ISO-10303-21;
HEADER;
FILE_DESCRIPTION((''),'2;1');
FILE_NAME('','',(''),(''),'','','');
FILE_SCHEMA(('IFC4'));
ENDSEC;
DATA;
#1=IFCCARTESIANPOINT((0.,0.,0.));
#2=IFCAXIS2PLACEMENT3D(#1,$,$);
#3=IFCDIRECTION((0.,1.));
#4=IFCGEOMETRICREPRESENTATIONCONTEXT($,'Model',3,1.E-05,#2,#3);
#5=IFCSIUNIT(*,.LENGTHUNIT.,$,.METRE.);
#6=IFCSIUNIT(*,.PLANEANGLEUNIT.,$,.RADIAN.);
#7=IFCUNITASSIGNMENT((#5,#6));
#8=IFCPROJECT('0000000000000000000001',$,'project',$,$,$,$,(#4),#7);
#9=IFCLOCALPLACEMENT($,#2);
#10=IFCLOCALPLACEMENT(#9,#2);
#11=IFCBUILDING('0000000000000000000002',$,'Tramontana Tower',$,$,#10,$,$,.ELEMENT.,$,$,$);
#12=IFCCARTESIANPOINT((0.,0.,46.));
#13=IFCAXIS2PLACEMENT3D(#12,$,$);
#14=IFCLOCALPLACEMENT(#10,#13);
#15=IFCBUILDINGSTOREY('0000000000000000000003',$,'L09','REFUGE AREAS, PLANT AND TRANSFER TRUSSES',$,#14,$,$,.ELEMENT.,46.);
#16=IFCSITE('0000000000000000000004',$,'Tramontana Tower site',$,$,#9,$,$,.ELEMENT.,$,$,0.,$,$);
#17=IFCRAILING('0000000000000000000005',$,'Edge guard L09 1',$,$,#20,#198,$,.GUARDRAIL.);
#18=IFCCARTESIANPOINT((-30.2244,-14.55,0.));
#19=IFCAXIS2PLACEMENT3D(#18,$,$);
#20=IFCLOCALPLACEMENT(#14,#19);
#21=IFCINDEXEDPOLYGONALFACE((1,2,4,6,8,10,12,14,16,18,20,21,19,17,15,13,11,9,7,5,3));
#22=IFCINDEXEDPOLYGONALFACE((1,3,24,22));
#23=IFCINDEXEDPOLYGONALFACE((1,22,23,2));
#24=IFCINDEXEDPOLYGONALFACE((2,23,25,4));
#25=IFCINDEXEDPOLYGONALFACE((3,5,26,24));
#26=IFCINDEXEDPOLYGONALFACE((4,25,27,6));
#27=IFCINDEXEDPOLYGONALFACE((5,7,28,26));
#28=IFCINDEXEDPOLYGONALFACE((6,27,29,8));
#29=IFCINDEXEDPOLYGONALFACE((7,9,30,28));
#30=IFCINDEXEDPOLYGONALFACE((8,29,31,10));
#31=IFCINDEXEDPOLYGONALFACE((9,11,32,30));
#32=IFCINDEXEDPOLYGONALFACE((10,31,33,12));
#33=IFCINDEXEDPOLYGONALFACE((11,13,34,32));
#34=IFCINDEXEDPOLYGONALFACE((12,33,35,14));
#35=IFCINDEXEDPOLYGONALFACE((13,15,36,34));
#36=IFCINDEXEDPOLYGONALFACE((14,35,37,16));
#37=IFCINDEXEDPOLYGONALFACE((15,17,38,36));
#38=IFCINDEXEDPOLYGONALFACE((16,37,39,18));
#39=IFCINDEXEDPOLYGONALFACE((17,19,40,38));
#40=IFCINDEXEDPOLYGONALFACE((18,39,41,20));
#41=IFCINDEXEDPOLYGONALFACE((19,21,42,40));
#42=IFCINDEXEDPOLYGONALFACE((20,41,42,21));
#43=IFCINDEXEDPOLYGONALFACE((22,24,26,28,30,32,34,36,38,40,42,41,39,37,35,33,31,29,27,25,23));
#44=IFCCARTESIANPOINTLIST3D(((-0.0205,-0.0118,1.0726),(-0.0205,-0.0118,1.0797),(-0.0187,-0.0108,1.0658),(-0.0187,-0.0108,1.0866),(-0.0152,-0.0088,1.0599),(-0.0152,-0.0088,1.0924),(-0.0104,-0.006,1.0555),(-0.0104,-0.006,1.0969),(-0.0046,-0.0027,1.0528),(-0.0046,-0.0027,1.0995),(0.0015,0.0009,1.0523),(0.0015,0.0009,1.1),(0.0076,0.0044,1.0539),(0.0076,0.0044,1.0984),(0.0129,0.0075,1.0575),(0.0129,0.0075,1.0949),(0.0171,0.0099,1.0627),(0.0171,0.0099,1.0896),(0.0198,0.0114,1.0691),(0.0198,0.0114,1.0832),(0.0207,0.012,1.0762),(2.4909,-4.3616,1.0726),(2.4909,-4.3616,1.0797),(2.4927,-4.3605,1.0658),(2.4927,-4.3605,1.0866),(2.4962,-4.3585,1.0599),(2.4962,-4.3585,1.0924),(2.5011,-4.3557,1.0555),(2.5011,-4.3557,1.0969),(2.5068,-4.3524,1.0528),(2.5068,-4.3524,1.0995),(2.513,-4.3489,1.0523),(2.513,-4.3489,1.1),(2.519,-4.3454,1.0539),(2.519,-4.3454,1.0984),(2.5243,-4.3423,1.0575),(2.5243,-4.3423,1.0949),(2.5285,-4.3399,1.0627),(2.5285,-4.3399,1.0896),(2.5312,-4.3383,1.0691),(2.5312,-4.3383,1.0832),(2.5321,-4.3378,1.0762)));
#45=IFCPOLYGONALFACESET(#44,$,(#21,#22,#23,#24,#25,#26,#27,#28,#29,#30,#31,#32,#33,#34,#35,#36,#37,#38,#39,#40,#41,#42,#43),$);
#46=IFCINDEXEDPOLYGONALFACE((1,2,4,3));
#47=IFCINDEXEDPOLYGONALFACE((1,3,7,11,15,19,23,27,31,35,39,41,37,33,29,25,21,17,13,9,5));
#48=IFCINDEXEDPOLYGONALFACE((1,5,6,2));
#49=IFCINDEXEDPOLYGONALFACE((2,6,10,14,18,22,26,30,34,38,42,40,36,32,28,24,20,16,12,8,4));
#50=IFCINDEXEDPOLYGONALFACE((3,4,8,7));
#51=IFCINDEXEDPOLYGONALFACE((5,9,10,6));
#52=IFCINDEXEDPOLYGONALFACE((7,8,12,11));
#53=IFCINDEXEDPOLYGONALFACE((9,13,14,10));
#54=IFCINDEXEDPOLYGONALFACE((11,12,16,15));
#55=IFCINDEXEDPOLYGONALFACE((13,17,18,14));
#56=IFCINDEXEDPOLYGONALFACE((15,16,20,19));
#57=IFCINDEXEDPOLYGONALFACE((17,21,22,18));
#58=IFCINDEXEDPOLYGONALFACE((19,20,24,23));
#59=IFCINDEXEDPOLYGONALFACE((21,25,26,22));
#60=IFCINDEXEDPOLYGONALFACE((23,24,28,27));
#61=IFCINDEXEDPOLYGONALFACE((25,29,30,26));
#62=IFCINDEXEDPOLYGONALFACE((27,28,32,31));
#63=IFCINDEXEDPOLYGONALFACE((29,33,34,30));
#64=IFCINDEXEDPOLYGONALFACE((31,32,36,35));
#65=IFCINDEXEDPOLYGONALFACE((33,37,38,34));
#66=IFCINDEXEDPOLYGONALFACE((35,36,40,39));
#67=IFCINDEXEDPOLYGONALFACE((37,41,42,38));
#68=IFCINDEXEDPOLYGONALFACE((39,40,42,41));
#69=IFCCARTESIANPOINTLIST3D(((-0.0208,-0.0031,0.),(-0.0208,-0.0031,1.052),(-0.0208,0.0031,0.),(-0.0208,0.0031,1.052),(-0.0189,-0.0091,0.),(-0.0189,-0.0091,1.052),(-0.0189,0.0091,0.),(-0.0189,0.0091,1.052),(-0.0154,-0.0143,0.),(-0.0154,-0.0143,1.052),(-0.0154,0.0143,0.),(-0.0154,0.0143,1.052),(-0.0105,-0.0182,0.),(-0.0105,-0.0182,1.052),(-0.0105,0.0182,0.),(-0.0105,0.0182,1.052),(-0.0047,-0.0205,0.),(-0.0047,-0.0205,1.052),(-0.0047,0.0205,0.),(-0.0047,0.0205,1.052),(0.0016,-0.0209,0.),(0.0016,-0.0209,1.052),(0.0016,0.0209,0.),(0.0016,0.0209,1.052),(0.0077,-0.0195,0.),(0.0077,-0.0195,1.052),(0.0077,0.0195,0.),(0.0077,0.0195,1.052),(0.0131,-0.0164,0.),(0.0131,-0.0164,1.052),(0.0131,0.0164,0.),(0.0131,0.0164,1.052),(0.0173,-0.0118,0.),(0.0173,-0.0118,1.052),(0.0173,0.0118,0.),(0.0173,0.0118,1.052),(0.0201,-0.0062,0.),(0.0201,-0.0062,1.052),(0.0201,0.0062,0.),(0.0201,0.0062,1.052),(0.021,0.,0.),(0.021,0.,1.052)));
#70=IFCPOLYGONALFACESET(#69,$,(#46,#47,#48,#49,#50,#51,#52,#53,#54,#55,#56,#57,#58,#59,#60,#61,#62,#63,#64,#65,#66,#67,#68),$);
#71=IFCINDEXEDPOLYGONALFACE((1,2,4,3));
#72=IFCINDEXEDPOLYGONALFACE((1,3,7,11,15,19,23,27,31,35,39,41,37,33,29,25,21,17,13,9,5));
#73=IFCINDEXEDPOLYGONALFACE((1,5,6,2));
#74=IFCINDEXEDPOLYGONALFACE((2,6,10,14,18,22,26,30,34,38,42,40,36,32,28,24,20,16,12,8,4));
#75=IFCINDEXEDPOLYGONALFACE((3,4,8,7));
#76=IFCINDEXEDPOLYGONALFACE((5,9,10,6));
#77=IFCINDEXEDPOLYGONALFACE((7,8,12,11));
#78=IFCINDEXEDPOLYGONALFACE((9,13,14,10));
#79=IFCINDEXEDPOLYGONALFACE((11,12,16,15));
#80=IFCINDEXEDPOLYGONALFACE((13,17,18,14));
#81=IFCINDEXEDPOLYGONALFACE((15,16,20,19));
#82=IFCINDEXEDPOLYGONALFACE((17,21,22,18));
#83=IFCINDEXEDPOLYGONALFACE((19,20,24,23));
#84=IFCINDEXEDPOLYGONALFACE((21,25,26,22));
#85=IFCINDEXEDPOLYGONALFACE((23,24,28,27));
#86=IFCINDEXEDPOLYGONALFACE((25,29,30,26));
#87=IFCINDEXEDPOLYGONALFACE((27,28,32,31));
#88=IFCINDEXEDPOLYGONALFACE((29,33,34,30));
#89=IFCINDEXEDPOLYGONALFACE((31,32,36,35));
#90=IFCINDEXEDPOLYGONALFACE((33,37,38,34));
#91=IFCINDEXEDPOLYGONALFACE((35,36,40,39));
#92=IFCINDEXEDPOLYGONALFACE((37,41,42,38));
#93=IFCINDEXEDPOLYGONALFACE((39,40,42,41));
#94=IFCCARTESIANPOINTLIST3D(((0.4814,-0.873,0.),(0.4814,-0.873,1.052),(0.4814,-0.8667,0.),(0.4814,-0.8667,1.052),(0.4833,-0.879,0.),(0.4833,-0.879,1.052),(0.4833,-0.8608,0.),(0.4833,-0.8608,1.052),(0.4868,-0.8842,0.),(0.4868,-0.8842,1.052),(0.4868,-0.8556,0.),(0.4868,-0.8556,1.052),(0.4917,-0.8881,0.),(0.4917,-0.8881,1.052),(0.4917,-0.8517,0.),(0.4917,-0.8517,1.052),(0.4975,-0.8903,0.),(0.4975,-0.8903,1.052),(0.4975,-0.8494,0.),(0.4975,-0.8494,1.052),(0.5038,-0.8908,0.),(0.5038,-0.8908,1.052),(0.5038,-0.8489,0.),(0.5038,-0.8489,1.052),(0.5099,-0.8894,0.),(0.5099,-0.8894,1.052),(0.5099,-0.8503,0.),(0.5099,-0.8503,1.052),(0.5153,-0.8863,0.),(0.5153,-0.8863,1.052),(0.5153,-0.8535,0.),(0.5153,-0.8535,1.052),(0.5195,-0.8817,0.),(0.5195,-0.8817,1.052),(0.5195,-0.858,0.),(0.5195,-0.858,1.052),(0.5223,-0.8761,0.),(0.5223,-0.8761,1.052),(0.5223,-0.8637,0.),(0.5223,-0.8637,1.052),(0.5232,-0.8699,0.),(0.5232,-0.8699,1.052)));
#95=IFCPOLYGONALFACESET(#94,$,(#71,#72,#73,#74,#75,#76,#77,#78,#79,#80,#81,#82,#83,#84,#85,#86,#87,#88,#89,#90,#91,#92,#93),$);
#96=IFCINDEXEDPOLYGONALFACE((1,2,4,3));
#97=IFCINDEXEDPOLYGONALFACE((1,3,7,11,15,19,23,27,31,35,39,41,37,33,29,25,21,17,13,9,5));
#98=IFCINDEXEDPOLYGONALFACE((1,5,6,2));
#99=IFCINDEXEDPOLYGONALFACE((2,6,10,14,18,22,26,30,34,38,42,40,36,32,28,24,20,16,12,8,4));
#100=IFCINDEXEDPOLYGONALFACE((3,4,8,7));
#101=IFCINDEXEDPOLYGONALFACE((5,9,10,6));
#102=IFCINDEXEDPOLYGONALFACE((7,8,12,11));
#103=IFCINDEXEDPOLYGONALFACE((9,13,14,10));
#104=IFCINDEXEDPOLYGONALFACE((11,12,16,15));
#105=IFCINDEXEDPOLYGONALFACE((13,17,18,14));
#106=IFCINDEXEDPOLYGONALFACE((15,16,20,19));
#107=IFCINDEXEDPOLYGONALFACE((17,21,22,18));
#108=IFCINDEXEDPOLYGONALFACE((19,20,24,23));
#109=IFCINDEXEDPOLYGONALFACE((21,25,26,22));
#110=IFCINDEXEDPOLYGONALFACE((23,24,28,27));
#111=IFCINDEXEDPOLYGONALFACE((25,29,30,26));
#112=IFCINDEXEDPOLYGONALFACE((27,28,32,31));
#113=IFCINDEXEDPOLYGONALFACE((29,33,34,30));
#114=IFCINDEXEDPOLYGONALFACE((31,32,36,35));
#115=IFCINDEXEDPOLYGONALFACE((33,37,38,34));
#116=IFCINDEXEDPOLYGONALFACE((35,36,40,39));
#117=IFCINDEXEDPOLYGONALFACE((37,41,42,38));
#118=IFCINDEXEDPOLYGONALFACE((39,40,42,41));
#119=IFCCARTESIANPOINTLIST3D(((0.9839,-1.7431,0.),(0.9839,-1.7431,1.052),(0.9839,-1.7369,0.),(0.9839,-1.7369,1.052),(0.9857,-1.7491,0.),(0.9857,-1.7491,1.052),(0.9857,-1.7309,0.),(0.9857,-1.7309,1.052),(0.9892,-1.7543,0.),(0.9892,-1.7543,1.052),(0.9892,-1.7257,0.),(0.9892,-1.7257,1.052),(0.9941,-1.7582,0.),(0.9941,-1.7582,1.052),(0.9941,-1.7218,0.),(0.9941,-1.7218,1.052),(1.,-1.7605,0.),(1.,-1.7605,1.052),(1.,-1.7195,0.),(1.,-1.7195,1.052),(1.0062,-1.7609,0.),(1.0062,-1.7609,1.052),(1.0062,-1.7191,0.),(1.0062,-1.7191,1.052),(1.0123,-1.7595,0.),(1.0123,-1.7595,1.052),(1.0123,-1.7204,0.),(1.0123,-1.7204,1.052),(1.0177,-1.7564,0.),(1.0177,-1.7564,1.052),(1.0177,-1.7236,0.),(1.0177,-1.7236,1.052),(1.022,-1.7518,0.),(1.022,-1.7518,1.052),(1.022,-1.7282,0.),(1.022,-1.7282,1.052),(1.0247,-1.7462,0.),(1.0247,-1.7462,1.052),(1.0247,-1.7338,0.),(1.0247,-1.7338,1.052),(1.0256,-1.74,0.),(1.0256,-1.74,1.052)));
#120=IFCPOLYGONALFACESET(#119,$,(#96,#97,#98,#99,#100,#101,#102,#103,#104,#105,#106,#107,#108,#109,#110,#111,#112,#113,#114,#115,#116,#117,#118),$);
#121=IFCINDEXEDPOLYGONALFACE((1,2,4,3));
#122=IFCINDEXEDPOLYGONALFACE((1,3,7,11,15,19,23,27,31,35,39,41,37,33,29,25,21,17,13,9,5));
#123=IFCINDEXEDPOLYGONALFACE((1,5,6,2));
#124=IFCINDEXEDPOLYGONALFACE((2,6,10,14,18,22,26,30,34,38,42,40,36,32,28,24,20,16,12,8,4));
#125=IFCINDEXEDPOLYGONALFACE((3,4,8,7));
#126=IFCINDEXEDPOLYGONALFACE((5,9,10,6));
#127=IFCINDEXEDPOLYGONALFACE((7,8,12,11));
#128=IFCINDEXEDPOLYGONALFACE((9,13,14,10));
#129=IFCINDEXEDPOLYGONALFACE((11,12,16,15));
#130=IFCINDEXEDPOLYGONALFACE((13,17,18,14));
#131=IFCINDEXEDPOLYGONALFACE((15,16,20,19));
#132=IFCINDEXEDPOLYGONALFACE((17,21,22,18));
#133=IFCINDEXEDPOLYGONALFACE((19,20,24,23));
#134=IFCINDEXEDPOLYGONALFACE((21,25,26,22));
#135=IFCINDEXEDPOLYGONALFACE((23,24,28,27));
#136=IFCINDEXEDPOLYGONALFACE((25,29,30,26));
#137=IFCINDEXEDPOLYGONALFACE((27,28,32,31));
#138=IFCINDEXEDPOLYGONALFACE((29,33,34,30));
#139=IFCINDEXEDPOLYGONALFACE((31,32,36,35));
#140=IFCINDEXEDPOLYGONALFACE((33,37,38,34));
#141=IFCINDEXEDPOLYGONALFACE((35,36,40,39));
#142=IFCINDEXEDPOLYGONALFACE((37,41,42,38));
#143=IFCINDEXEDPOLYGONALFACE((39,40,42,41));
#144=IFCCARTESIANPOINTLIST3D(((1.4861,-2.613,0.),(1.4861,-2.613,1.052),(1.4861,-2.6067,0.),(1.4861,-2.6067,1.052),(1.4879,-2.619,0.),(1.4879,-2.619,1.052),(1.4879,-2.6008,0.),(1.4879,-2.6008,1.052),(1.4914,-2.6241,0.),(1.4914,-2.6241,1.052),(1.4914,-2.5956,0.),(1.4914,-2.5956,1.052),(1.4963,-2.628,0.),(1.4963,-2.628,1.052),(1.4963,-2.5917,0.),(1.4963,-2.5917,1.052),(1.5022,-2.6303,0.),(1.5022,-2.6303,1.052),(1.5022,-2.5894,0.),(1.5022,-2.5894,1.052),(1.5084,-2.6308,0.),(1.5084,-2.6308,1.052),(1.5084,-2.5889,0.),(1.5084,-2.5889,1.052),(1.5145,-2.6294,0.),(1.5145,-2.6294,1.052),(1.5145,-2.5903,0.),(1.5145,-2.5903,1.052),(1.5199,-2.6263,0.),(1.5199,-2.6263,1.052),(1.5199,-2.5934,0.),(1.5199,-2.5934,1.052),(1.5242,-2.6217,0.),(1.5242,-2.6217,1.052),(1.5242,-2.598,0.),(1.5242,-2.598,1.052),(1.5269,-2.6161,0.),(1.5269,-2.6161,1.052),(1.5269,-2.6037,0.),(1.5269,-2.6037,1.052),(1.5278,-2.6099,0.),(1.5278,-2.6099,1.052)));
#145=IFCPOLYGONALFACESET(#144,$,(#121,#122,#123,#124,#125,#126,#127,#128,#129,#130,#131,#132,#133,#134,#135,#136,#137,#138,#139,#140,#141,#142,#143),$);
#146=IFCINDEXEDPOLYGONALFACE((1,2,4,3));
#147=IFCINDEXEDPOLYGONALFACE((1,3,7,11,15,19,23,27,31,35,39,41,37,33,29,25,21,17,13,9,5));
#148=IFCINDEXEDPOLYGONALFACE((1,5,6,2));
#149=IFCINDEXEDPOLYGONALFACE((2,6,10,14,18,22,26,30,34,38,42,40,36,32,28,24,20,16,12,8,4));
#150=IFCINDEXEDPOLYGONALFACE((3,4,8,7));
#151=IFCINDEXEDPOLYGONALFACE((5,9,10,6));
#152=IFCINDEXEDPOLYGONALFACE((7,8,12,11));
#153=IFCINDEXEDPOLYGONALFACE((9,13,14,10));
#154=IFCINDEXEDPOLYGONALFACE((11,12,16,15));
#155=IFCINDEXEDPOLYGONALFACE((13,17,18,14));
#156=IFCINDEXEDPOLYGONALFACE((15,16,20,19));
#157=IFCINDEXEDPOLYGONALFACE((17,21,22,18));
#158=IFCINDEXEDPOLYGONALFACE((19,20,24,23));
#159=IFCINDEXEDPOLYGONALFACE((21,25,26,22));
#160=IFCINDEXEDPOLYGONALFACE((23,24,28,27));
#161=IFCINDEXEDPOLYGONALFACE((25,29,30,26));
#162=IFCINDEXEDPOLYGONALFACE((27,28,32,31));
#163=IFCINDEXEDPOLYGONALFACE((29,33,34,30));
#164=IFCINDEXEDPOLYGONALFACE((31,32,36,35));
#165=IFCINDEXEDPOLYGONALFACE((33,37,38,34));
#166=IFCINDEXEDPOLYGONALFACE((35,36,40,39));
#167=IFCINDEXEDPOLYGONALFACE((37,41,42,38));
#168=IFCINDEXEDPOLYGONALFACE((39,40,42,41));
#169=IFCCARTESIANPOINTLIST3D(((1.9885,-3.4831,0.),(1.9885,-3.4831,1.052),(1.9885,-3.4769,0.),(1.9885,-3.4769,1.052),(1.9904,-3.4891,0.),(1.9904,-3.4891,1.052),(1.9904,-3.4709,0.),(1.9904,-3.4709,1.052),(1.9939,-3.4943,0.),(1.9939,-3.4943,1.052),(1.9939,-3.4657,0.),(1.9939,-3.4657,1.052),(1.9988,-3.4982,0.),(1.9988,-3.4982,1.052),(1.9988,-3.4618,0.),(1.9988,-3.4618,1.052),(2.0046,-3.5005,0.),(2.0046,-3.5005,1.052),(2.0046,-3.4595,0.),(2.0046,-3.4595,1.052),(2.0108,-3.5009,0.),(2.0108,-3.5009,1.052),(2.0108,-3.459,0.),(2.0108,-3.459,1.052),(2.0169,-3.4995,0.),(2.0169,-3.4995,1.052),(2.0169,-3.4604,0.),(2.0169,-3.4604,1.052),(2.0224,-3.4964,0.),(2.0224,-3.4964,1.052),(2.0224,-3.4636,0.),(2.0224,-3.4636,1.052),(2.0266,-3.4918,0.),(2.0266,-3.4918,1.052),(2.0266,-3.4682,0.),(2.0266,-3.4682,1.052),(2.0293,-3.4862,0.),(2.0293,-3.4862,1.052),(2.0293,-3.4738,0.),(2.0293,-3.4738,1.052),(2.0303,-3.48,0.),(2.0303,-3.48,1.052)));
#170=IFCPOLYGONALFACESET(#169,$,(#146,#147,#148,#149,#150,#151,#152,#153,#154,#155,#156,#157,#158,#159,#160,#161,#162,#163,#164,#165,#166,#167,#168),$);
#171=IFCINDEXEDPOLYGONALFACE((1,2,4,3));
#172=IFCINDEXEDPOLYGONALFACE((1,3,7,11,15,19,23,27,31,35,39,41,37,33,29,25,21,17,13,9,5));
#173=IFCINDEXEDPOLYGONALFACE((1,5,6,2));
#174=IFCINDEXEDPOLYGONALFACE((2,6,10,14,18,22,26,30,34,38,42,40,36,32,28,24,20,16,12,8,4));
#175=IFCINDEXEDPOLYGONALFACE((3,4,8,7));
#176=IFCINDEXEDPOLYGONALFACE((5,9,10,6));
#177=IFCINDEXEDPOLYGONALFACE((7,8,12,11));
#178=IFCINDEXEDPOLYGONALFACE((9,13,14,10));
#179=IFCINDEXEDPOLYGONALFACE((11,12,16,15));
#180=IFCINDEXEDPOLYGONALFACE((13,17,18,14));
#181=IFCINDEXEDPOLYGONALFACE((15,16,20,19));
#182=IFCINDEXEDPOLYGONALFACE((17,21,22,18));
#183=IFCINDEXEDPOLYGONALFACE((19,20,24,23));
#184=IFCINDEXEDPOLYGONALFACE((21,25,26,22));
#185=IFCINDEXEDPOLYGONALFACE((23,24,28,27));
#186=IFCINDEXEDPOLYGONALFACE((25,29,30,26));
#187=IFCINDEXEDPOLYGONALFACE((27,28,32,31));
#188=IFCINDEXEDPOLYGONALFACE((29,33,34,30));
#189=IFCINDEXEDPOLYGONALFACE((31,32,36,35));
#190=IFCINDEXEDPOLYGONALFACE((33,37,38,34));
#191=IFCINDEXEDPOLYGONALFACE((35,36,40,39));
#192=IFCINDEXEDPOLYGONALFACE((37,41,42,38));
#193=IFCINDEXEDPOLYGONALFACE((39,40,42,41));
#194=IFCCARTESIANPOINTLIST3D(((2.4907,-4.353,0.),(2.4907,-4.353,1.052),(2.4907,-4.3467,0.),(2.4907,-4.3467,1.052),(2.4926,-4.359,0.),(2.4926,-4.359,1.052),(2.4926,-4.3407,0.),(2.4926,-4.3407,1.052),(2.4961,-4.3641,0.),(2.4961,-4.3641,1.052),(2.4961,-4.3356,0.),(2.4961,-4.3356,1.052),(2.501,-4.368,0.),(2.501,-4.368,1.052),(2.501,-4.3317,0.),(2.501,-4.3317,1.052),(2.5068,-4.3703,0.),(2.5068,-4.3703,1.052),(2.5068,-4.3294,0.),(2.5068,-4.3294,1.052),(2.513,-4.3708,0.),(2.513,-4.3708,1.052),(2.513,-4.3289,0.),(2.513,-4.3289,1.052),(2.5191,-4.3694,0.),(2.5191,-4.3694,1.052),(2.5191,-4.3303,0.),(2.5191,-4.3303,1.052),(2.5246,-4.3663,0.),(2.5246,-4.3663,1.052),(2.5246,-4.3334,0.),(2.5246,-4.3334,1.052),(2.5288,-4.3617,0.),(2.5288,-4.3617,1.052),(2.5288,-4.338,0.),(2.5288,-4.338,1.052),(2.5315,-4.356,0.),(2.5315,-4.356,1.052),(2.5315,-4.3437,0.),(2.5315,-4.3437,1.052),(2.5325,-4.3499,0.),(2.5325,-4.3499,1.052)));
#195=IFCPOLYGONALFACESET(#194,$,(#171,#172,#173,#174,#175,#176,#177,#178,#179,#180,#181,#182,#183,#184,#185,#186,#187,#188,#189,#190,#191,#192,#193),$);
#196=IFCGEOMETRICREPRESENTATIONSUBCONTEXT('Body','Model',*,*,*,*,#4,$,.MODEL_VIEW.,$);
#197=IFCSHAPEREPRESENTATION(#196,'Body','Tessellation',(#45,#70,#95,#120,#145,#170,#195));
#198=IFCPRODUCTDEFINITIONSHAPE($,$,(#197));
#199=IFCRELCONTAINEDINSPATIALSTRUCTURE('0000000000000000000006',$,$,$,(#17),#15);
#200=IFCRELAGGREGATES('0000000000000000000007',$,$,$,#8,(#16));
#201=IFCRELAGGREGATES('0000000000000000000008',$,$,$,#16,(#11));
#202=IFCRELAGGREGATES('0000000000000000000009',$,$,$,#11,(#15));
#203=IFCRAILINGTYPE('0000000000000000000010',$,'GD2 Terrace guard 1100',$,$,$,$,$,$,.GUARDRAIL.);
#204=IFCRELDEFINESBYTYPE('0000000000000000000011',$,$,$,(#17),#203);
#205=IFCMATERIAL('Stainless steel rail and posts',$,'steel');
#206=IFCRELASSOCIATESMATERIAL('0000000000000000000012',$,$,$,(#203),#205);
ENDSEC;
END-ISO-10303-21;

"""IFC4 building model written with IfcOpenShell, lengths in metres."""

from ifc_helpers import new_model, si_unit, direction, frame, origin, origin_2d, place, context, subcontext, project, spatial, circle, extrude, material, type_object, element, save


model = new_model("IFC4")

# Units and contexts
model_context = context("Model", 3, precision=1e-05, world=origin(), true_north=direction((0.0, 1.0)))
body_context = subcontext(model_context, "Body", "Model", "MODEL_VIEW")
ifc_project = project(units=[si_unit("LENGTHUNIT", "METRE"), si_unit("PLANEANGLEUNIT", "RADIAN")], contexts=[model_context])

# Site, building, storey
site_placement = place(None, origin())
site = spatial("IfcSite", under=ifc_project, at=site_placement, Name="Tramontana Tower site", CompositionType="ELEMENT", RefElevation=0.0)
building_placement = place(site_placement, origin())
building = spatial("IfcBuilding", under=site, at=building_placement, Name="Tramontana Tower", CompositionType="ELEMENT")
storey_placement = place(building_placement, frame((0.0, 0.0, 46.0)))
storey = spatial("IfcBuildingStorey", under=building, at=storey_placement, Name="L09", Description="REFUGE AREAS, PLANT AND TRANSFER TRUSSES", CompositionType="ELEMENT", Elevation=46.0)

# Railing
ifc_material_1 = material(Name="Stainless steel rail and posts", Category="steel")
railing_type = type_object("IfcRailingType", Name="GD2 Terrace guard 1100", PredefinedType="GUARDRAIL", material=ifc_material_1)
railing_1_placement = place(storey_placement, frame((-30.2244, -14.55, 0.0)))
element("IfcRailing", 1, at=railing_1_placement, inside=storey, type_object=railing_type, Name="Edge guard L09 1", PredefinedType="GUARDRAIL", context=body_context, shape_type="SweptSolid", body=[
    extrude(circle(Radius=0.0239, at=origin_2d()), frame((0.0, 0.0, 1.0762), z_axis=(0.500013, -0.866018, 0.0), x_axis=(0.866018, 0.500013, 0.0)), (0.0, 0.0, 1.0), 5.0227),
    extrude(circle(Radius=0.021, at=origin_2d()), origin(), (0.0, 0.0, 1.0), 1.052),
    extrude(circle(Radius=0.021, at=origin_2d()), frame((0.5022, -0.8699, 0.0)), (0.0, 0.0, 1.0), 1.052),
    extrude(circle(Radius=0.021, at=origin_2d()), frame((1.0046, -1.74, 0.0)), (0.0, 0.0, 1.0), 1.052),
    extrude(circle(Radius=0.021, at=origin_2d()), frame((1.5068, -2.6099, 0.0)), (0.0, 0.0, 1.0), 1.052),
    extrude(circle(Radius=0.021, at=origin_2d()), frame((2.0093, -3.48, 0.0)), (0.0, 0.0, 1.0), 1.052),
    extrude(circle(Radius=0.021, at=origin_2d()), frame((2.5115, -4.3499, 0.0)), (0.0, 0.0, 1.0), 1.052),
])

save(model, "model.ifc")
